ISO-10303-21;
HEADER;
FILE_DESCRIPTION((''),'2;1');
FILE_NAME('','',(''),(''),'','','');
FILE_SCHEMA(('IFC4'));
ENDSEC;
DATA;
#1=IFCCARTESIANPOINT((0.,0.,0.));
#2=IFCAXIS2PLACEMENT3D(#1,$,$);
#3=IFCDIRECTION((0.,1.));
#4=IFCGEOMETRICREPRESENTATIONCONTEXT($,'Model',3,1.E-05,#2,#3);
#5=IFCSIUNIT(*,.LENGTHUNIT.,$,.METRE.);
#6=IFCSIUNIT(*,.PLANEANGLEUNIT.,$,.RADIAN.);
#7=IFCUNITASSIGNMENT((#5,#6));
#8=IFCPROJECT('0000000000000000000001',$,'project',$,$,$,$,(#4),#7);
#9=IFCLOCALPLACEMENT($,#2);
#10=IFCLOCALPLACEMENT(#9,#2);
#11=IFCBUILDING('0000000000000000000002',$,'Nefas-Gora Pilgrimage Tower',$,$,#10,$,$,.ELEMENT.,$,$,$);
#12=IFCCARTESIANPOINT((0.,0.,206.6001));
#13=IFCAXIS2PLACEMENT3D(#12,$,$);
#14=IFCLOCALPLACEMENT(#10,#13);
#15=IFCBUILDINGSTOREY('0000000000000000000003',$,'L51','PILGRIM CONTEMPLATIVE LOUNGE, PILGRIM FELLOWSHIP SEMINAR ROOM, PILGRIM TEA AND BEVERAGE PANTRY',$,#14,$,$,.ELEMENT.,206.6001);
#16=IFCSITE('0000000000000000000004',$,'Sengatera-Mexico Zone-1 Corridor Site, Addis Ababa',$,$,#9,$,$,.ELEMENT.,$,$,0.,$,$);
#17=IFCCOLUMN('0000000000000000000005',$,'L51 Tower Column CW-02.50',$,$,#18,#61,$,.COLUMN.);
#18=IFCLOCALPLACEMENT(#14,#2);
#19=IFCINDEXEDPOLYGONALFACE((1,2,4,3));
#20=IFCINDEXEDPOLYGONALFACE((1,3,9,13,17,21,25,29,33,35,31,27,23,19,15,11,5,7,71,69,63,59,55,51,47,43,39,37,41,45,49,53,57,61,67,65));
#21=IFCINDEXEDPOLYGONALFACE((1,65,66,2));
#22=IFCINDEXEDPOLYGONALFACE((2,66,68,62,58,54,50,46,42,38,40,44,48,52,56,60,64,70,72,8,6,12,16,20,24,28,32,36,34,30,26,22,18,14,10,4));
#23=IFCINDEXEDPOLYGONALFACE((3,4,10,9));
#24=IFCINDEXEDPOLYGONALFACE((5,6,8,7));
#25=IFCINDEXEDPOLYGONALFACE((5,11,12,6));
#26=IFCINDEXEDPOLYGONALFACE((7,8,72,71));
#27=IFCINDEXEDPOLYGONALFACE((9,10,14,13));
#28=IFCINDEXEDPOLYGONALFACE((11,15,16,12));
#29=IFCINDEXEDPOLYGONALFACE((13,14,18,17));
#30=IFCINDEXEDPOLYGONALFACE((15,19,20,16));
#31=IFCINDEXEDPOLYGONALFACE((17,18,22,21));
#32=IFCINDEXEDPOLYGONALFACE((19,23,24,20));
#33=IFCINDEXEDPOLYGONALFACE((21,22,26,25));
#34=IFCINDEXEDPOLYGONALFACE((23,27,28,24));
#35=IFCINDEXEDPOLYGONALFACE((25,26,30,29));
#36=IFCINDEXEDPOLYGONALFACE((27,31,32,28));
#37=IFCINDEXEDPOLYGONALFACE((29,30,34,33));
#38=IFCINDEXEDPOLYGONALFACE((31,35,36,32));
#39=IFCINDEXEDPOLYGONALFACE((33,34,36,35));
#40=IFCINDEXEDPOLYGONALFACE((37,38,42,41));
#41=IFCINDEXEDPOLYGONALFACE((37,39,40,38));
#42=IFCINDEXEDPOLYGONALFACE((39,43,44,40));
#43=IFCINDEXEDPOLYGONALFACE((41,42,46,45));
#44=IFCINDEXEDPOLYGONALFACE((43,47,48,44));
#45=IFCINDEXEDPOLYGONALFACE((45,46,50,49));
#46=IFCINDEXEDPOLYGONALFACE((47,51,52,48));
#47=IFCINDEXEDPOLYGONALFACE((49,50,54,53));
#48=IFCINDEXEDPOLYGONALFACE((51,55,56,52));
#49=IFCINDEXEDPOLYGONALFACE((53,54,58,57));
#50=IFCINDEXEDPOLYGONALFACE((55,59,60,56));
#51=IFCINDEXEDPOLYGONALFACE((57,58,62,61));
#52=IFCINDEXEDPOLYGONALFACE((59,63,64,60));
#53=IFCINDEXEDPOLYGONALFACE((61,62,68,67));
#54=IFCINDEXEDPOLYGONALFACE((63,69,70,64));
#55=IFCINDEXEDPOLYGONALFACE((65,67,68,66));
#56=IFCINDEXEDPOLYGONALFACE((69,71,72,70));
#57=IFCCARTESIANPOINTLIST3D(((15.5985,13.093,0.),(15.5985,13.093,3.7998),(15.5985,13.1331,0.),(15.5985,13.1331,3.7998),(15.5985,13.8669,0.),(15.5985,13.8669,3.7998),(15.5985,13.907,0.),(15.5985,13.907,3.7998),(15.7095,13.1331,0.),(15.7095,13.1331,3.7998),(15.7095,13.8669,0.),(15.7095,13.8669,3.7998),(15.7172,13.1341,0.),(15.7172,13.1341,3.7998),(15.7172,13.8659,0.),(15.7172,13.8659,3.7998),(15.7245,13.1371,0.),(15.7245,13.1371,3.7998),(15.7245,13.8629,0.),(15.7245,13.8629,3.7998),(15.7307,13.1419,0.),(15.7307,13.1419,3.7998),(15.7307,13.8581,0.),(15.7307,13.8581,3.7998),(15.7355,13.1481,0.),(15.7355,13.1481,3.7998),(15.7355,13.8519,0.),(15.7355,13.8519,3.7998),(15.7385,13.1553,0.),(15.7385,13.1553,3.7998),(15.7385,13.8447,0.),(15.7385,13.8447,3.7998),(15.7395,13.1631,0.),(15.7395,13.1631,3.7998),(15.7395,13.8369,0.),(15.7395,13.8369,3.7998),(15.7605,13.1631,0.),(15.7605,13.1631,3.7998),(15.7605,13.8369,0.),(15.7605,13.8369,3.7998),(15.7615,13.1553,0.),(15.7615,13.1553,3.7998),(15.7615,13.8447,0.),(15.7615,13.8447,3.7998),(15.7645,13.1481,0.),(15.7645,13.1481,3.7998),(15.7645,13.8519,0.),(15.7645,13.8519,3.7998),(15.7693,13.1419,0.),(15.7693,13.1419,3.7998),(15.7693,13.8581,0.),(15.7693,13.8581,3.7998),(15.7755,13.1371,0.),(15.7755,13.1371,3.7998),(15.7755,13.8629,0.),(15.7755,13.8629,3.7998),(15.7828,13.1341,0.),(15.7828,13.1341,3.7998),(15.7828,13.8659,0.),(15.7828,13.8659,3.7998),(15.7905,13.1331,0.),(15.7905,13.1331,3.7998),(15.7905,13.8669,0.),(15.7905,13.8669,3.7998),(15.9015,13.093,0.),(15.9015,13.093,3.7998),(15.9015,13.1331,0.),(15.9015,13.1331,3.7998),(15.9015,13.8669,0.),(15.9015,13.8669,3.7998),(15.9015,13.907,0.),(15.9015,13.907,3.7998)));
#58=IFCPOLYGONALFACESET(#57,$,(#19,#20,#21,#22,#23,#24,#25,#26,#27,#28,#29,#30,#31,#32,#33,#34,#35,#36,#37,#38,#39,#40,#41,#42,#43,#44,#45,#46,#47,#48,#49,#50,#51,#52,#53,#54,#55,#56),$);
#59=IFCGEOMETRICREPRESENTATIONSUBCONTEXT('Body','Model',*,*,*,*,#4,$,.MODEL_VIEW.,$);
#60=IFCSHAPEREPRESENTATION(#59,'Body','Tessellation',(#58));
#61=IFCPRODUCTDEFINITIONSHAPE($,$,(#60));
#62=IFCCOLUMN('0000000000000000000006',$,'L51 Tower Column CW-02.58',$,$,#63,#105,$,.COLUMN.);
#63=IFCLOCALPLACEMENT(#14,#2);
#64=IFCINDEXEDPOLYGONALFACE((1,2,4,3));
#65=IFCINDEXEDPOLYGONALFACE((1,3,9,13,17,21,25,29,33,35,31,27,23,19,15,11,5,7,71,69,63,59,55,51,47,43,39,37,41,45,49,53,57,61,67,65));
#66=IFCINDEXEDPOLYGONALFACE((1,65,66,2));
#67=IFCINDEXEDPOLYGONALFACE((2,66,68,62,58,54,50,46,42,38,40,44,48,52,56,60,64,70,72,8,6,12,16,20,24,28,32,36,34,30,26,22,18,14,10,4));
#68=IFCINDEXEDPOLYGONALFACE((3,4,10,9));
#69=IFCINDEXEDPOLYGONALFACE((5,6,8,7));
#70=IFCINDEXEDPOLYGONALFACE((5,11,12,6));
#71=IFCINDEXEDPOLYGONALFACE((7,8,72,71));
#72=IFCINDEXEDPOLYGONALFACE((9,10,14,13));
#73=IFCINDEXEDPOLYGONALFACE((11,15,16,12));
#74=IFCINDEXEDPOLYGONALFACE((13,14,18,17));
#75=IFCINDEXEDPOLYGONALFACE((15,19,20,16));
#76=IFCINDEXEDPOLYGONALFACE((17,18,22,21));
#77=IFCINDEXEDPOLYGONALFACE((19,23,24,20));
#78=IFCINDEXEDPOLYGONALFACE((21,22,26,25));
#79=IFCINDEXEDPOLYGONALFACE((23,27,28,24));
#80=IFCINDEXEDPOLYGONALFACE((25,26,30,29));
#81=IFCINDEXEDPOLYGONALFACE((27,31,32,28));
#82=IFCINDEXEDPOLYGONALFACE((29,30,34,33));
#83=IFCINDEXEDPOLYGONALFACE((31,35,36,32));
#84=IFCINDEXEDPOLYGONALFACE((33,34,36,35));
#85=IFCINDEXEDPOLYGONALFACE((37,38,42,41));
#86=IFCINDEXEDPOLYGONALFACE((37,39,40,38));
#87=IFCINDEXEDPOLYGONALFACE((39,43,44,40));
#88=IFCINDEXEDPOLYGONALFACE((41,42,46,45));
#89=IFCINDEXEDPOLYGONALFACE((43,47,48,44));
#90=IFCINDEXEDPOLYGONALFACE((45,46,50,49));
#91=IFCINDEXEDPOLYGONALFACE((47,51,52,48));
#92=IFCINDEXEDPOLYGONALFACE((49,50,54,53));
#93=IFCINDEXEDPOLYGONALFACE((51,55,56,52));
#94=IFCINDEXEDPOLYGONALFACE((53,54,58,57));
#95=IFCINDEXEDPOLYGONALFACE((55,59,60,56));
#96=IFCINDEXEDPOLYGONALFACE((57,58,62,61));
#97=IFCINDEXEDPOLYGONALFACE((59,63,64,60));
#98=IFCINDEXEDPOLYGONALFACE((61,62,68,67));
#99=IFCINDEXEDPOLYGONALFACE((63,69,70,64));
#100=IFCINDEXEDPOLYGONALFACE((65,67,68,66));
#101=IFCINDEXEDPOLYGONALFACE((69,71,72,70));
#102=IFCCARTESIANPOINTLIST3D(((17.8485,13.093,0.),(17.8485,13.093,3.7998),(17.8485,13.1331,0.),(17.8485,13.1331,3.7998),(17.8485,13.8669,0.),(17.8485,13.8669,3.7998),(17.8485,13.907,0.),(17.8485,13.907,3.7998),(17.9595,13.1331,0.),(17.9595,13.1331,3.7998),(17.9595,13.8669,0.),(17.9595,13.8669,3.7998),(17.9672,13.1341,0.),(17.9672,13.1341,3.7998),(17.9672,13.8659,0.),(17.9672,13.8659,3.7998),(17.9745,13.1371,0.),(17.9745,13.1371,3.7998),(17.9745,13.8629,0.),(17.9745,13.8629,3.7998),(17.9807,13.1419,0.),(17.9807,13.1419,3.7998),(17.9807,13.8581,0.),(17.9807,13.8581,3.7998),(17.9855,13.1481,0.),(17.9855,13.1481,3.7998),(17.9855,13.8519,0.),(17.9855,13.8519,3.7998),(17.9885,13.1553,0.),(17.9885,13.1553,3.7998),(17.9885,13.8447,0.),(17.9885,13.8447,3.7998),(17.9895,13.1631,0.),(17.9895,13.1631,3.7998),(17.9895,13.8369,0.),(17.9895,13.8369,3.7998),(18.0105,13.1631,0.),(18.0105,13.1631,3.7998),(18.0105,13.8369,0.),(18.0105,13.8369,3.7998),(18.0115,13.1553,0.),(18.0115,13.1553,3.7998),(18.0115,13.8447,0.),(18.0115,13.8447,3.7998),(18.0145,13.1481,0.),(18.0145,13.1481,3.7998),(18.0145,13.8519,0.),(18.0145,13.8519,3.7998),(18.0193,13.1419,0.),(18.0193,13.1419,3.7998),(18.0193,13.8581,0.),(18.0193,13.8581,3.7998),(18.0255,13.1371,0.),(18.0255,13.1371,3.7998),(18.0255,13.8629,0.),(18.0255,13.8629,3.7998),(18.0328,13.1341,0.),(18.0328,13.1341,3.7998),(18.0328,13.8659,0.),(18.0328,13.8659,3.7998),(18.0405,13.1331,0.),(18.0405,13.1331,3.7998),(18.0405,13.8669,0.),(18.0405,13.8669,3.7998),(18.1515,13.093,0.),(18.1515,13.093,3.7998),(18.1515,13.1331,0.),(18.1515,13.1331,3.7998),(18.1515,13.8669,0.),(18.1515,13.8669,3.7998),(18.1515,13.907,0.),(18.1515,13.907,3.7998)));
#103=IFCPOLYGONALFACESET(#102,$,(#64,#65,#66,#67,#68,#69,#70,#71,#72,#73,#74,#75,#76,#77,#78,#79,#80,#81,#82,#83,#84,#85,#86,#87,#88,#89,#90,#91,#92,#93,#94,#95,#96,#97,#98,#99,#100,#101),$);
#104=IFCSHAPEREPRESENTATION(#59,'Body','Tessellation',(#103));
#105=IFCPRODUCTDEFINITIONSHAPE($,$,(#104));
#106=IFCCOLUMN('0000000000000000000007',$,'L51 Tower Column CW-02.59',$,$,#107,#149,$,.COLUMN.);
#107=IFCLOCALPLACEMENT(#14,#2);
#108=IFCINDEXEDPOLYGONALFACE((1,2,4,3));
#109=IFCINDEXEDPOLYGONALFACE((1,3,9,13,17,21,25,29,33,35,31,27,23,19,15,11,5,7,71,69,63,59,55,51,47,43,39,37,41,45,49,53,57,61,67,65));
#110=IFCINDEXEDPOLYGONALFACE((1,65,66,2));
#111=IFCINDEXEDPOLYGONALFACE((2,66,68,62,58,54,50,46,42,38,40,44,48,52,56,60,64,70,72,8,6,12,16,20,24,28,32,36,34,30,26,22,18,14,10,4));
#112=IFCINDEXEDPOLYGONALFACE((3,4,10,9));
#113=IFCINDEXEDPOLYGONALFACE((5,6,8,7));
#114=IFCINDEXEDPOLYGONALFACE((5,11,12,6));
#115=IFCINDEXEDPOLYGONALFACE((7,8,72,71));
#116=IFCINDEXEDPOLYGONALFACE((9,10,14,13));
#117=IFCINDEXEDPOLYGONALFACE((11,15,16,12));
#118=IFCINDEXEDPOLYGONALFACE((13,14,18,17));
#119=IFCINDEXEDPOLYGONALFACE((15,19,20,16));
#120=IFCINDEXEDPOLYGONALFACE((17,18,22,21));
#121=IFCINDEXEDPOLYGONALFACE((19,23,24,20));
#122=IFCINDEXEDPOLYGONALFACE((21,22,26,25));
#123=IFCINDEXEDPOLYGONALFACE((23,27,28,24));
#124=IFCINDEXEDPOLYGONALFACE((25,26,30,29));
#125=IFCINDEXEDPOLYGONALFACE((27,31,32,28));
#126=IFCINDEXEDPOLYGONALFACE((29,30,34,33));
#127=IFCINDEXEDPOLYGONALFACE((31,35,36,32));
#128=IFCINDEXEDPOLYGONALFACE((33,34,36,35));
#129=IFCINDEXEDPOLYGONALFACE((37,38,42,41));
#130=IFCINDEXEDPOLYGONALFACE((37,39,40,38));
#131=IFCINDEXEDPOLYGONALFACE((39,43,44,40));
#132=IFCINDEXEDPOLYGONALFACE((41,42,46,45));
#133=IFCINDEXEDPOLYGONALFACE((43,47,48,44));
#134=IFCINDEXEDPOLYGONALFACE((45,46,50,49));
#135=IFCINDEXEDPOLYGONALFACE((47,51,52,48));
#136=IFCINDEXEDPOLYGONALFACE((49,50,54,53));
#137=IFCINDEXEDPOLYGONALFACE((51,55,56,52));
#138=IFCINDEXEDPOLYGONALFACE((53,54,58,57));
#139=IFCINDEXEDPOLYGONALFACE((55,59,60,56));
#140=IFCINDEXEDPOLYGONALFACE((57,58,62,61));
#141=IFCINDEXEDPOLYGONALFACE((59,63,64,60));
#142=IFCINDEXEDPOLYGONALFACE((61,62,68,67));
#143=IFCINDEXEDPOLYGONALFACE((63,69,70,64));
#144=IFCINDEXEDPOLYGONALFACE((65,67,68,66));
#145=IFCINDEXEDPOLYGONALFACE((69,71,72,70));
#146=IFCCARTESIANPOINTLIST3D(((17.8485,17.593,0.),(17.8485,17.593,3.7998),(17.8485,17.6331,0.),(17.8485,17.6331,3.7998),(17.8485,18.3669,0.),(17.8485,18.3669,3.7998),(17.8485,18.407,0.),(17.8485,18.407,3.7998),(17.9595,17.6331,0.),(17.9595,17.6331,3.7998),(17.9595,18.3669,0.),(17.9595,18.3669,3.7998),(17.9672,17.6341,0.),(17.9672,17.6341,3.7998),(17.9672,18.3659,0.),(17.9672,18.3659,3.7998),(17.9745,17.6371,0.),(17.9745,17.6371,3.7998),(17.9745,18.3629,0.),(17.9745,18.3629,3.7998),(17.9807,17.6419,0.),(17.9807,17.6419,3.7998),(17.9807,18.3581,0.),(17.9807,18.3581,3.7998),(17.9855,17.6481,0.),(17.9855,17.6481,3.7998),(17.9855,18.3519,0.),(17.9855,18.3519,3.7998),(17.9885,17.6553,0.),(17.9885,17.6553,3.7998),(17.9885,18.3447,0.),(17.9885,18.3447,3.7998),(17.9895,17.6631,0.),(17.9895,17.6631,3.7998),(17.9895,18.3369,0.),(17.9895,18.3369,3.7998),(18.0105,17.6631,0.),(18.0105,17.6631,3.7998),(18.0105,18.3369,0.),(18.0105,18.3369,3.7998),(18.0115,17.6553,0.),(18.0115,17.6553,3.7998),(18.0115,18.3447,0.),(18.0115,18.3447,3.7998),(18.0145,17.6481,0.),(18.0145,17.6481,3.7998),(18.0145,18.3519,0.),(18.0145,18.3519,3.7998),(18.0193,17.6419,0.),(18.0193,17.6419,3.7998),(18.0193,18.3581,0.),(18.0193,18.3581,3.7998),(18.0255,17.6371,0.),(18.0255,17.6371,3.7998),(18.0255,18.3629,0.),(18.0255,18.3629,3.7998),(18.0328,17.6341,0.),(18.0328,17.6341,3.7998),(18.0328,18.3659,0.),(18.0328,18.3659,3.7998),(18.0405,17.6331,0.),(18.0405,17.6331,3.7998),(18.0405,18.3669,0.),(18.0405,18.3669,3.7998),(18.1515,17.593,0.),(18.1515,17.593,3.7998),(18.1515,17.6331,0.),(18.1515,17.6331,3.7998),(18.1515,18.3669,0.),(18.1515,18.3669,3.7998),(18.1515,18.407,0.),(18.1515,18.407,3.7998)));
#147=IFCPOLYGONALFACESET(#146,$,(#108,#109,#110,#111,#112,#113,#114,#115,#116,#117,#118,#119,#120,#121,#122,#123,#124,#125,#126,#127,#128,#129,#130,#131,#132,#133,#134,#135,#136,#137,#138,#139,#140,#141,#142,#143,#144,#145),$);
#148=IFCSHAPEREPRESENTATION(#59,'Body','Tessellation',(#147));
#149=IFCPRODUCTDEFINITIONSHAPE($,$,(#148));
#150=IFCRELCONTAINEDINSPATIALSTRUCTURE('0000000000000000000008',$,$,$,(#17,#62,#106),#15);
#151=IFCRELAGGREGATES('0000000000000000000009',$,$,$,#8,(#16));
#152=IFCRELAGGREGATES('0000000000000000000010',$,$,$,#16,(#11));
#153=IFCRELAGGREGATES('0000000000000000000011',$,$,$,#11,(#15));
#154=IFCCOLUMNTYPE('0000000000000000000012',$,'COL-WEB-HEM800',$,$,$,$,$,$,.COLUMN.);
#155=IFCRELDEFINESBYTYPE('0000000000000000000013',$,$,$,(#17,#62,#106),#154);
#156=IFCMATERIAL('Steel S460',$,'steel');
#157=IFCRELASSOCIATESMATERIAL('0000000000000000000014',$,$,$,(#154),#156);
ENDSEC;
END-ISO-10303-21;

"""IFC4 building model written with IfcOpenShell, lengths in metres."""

from ifc_helpers import new_model, si_unit, direction, frame, origin, origin_2d, place, context, subcontext, project, spatial, i_section, extrude, source, transform, mapped, material, material_profile, profile_set, type_object, element, save


model = new_model("IFC4")

# Units and contexts
model_context = context("Model", 3, precision=1e-05, world=origin(), true_north=direction((0.0, 1.0)))
body_context = subcontext(model_context, "Body", "Model", "MODEL_VIEW")
ifc_project = project(units=[si_unit("LENGTHUNIT", "METRE"), si_unit("PLANEANGLEUNIT", "RADIAN")], contexts=[model_context])

# Site, building, storey
site_placement = place(None, origin())
site = spatial("IfcSite", under=ifc_project, at=site_placement, Name="Sengatera-Mexico Zone-1 Corridor Site, Addis Ababa", CompositionType="ELEMENT", RefElevation=0.0)
building_placement = place(site_placement, origin())
building = spatial("IfcBuilding", under=site, at=building_placement, Name="Nefas-Gora Pilgrimage Tower", CompositionType="ELEMENT")
storey_placement = place(building_placement, frame((0.0, 0.0, 206.6001)))
storey = spatial("IfcBuildingStorey", under=building, at=storey_placement, Name="L51", Description="PILGRIM CONTEMPLATIVE LOUNGE, PILGRIM FELLOWSHIP SEMINAR ROOM, PILGRIM TEA AND BEVERAGE PANTRY", CompositionType="ELEMENT", Elevation=206.6001)

# Columns
ifc_material_1 = material(Name="Steel S460", Category="steel")
ifc_material_profile_1 = material_profile(ifc_material_1, i_section(OverallWidth=0.303, OverallDepth=0.814, WebThickness=0.021, FlangeThickness=0.04, FilletRadius=0.03, at=origin_2d()), Name="HEM 800")
ifc_profile_set_1 = profile_set([ifc_material_profile_1], Name="Steel S460")
column_type_1 = type_object("IfcColumnType", Name="COL-WEB-HEM800", PredefinedType="COLUMN", material=ifc_profile_set_1)
shared_shape_1 = source(origin(), body_context, "Body", "SweptSolid", [
    extrude(i_section(OverallWidth=0.303, OverallDepth=0.814, WebThickness=0.021, FlangeThickness=0.04, FilletRadius=0.03, at=origin_2d()), origin(), (0.0, 0.0, 1.0), 3.7998),
])
for number, where, z_axis, x_axis, name in (
    (1, (15.75, 13.5, 0.0), (0.0, 0.0, 1.0), (1.0, 0.0, 0.0), "L51 Tower Column CW-02.50"),
    (2, (18.0, 13.5, 0.0), (0.0, 0.0, 1.0), (1.0, 0.0, 0.0), "L51 Tower Column CW-02.58"),
    (3, (18.0, 18.0, 0.0), (0.0, 0.0, 1.0), (1.0, 0.0, 0.0), "L51 Tower Column CW-02.59"),
):
    element("IfcColumn", number, at=place(storey_placement, frame(where, z_axis=z_axis, x_axis=x_axis)), inside=storey, type_object=column_type_1, Name=name, PredefinedType="COLUMN", context=body_context, shape_type="MappedRepresentation", body=[
        mapped(shared_shape_1, transform((0.0, 0.0, 0.0), x_axis=(1.0, 0.0, 0.0), y_axis=(0.0, 1.0, 0.0), z_axis=(0.0, 0.0, 1.0), scale=1.0)),
    ])

save(model, "model.ifc")
